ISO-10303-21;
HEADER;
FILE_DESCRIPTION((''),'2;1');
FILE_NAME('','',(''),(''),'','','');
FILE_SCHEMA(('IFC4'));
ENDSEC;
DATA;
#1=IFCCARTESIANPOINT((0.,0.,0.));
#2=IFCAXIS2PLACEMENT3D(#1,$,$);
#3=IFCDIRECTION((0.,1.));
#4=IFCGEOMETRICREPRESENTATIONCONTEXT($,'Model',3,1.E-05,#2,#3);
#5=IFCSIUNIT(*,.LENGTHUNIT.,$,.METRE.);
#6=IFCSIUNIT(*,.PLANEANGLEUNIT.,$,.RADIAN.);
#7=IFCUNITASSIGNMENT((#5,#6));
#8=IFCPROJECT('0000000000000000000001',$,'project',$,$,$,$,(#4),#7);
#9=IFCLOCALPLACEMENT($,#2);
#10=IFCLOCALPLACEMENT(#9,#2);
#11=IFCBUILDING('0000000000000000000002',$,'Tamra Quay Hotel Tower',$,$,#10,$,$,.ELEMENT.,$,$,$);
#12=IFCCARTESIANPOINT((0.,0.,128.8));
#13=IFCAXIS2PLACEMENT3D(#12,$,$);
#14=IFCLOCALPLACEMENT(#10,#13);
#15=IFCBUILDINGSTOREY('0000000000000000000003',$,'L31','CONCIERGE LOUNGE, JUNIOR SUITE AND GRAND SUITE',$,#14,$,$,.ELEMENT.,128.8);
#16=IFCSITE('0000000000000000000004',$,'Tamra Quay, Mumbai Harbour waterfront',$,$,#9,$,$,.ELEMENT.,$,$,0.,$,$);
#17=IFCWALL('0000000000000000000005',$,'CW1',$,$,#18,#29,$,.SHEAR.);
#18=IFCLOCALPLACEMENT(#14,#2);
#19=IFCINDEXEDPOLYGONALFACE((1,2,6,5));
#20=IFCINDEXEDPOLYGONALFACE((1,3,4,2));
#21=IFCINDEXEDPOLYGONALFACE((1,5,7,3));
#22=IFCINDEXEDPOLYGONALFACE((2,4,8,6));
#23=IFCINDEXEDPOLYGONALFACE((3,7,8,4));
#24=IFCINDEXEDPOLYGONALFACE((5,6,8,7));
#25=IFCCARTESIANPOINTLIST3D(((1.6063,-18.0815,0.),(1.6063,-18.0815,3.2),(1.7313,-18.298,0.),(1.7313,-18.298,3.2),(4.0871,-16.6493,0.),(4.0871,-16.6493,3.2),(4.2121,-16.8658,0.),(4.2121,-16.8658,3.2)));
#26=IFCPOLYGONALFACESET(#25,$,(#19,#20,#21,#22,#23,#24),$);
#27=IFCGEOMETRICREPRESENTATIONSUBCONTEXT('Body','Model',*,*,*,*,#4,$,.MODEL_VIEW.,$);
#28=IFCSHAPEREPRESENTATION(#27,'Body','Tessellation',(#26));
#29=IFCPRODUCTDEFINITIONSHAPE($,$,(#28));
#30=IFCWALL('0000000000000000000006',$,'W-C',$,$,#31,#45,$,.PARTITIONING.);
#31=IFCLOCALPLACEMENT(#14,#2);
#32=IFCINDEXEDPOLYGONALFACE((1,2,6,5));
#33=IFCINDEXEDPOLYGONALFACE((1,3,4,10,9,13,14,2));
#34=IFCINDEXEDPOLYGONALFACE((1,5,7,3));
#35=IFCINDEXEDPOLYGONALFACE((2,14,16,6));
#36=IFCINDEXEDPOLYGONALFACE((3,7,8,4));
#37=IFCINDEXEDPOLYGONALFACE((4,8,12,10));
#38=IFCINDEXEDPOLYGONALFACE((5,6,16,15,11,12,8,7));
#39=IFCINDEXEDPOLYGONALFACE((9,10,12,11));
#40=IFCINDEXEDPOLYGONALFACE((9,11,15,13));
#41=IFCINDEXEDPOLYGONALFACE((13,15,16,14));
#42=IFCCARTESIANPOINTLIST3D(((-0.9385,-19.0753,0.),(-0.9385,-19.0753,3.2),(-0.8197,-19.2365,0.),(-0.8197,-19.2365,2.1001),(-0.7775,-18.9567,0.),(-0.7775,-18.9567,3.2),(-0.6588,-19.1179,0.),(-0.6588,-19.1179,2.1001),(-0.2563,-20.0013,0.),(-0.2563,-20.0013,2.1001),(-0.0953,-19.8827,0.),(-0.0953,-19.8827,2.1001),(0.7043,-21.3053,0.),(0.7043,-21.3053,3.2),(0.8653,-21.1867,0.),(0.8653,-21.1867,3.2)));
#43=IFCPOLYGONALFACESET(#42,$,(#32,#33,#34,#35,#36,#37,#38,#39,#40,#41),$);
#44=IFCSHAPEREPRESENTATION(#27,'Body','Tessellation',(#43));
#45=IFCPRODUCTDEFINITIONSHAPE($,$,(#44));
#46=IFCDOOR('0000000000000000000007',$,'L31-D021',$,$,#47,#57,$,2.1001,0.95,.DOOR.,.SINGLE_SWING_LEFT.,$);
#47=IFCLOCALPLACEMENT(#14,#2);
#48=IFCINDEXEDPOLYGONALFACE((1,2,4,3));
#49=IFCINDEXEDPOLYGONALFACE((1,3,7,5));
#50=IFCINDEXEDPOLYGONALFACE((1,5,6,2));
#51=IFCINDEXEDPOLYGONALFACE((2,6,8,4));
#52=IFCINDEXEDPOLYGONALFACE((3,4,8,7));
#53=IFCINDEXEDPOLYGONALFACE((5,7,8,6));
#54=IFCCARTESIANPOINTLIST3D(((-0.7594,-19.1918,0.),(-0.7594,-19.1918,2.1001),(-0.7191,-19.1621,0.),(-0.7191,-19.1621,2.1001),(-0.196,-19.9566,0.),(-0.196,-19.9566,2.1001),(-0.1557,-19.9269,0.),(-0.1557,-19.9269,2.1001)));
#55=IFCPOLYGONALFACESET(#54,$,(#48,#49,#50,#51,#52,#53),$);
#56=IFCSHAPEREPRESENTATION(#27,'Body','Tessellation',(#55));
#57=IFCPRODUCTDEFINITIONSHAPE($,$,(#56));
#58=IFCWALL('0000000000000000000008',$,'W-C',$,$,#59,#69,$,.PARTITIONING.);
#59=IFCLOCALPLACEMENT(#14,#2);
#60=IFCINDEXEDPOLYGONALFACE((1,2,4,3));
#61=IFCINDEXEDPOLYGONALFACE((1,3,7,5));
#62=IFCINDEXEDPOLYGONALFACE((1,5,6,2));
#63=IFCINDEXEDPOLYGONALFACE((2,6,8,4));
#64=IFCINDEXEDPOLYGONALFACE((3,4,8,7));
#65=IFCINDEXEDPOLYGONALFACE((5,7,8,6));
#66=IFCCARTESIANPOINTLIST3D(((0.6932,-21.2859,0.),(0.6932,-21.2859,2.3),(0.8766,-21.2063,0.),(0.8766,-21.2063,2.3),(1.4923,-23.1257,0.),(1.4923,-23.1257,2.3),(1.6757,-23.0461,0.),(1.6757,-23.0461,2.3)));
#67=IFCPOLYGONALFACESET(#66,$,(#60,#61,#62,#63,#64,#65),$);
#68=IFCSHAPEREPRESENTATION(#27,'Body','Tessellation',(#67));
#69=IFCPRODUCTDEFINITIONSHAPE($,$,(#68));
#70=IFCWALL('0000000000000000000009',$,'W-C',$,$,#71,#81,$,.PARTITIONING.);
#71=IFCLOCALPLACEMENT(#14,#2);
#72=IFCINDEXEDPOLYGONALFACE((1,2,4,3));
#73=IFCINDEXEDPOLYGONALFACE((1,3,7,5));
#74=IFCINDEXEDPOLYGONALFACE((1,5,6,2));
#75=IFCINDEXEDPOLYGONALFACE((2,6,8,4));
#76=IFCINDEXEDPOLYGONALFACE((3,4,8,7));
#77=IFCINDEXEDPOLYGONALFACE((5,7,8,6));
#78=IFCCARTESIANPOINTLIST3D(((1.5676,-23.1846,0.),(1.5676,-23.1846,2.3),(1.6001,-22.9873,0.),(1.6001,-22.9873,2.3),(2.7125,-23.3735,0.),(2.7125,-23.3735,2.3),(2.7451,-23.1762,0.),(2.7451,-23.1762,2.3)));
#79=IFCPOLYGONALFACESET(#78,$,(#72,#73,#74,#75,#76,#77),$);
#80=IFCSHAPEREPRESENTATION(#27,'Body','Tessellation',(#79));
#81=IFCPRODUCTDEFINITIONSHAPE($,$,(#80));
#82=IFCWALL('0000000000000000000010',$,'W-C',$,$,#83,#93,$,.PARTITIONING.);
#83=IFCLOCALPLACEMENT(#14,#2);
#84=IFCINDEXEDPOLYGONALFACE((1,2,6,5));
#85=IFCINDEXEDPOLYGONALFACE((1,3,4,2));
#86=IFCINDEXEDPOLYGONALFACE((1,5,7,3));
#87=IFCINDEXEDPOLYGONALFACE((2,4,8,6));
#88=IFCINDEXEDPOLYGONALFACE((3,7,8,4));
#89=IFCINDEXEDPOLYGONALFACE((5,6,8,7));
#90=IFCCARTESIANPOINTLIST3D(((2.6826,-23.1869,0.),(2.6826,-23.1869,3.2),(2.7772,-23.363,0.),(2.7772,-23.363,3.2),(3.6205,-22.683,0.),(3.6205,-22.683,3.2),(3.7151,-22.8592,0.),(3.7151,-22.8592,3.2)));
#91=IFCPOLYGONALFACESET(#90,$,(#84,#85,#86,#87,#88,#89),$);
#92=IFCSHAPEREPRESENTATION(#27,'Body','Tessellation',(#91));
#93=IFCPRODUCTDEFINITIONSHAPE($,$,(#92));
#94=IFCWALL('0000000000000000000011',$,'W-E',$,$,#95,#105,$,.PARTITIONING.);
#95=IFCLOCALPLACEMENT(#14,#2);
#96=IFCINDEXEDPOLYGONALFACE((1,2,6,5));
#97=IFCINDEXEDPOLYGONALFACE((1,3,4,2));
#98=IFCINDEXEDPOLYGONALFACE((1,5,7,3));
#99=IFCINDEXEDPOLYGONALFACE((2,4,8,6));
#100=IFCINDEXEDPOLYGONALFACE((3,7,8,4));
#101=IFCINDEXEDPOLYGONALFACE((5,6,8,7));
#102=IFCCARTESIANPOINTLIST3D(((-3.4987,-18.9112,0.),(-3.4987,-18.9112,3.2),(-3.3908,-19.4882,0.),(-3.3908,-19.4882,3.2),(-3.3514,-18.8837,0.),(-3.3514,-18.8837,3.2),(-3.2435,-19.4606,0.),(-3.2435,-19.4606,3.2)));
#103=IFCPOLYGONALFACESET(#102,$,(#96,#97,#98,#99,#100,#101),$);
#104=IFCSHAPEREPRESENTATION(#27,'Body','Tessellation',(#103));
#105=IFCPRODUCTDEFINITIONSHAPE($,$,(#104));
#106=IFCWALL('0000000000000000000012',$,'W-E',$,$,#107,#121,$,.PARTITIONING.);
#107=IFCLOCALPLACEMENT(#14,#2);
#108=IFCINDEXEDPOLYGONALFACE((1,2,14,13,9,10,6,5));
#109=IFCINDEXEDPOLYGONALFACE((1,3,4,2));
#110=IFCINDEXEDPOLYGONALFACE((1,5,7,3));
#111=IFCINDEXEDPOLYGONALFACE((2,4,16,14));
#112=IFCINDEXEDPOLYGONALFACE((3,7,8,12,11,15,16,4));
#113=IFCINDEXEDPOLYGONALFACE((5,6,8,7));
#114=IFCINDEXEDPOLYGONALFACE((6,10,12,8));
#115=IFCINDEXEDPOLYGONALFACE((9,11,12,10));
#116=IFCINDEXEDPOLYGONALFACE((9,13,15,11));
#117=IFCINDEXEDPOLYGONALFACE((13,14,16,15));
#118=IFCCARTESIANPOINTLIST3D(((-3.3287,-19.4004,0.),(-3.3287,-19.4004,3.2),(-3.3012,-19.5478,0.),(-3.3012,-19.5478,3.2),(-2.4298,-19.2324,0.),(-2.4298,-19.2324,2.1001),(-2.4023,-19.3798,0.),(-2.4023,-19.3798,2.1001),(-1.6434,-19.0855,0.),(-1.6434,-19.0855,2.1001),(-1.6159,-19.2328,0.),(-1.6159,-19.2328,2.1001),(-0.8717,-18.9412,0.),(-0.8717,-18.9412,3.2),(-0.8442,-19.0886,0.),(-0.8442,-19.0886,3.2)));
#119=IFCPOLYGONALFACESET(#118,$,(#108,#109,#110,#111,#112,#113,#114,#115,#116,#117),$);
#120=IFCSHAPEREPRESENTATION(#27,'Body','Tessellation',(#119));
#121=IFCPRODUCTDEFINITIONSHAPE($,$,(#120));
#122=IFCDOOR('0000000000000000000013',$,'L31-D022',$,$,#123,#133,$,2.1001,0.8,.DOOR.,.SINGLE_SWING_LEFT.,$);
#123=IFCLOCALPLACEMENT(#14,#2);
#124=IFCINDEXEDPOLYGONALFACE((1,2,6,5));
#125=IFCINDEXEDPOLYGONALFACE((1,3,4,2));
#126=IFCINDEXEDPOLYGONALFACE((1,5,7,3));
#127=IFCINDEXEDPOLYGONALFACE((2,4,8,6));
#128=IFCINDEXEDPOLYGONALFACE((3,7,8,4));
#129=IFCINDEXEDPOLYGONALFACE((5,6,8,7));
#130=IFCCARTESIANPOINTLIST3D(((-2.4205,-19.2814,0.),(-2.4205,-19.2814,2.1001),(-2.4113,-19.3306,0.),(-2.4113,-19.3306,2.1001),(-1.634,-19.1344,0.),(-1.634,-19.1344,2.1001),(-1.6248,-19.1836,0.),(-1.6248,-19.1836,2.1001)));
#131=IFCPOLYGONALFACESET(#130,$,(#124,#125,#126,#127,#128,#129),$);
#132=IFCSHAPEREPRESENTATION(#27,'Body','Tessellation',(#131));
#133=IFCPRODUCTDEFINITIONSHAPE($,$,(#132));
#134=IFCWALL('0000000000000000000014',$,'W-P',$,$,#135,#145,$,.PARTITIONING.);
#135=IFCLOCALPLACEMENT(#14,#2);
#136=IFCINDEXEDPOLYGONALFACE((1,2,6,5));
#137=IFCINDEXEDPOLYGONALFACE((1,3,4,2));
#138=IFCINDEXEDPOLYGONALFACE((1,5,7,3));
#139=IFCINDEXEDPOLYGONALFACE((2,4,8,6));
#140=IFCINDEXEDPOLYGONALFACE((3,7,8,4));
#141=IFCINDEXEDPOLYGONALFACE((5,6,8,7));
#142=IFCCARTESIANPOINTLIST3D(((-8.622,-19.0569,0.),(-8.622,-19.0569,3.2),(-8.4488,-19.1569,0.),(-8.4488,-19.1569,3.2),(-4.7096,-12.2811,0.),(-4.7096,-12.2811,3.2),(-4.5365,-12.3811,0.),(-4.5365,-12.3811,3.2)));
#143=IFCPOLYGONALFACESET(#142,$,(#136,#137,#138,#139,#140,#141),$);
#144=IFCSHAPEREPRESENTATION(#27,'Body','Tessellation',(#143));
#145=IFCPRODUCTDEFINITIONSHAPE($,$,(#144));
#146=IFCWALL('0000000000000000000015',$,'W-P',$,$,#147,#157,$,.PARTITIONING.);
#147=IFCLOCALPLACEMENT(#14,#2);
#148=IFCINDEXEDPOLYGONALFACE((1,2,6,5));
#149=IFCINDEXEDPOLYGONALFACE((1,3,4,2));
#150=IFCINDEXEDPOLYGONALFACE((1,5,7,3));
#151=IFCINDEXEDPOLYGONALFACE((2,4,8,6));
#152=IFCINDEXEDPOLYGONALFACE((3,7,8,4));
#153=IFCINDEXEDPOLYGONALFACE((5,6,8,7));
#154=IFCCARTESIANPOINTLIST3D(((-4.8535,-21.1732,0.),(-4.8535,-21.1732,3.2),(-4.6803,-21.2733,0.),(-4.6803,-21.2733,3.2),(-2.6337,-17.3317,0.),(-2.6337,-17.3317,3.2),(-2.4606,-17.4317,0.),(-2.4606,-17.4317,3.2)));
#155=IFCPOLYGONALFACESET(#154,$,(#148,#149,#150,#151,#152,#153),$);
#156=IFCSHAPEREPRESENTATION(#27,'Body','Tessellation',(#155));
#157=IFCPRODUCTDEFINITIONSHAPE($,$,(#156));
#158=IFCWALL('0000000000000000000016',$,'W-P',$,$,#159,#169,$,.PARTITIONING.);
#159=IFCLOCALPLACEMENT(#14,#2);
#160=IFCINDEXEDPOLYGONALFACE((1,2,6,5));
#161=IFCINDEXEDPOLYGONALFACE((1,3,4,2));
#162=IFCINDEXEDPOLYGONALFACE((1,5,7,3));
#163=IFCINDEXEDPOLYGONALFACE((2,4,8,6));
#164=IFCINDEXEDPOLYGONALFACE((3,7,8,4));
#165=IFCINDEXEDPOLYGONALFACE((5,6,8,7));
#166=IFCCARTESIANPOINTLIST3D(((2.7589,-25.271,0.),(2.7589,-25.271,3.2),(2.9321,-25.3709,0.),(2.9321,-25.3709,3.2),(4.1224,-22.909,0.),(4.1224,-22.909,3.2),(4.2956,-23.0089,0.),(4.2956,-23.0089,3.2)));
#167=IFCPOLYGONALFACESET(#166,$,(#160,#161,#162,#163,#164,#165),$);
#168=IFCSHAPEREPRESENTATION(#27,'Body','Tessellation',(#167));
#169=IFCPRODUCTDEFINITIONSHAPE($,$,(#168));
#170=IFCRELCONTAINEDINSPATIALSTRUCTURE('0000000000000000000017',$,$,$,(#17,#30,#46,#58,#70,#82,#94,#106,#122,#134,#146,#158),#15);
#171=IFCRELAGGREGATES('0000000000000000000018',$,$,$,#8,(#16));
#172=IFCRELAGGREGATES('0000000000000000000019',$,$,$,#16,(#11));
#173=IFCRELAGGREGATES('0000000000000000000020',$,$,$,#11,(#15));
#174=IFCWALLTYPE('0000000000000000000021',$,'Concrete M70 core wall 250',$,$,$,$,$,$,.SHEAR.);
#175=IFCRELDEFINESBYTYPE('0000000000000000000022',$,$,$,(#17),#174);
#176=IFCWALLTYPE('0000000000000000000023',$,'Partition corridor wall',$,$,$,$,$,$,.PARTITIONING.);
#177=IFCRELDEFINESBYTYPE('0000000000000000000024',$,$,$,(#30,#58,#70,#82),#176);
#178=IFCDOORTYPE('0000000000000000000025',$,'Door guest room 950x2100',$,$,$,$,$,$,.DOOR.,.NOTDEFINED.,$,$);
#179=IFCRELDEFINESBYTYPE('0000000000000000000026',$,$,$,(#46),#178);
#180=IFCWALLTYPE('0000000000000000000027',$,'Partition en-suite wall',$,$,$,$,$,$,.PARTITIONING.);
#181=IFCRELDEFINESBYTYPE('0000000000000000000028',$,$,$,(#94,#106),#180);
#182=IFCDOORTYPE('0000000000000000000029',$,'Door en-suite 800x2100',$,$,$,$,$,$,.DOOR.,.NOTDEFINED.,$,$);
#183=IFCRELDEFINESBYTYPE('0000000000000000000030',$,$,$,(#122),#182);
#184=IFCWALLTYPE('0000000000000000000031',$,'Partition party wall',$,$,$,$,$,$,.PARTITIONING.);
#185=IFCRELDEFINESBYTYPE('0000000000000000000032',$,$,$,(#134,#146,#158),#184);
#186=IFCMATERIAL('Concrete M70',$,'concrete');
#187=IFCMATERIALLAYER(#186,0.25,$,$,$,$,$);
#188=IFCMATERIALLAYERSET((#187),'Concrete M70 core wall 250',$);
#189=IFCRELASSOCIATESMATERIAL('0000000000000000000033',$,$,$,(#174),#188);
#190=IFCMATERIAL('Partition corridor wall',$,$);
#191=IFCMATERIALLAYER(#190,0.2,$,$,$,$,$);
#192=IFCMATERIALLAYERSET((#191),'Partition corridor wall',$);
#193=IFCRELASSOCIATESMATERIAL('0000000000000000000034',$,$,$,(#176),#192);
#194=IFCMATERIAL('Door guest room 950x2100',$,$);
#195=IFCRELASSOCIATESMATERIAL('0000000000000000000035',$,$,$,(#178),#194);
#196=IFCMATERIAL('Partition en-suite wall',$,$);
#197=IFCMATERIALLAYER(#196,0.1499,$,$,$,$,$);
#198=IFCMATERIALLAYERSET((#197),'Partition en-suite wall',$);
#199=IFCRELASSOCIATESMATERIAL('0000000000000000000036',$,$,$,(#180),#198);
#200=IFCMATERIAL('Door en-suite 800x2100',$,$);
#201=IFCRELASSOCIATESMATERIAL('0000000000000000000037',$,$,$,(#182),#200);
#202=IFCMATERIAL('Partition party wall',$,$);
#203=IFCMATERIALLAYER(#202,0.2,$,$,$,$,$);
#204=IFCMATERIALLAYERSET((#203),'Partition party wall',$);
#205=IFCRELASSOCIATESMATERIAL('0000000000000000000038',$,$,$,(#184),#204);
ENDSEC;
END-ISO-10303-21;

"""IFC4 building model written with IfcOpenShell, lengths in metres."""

from ifc_helpers import new_model, si_unit, direction, frame, frame_2d, origin, place, context, subcontext, project, spatial, rectangle, extrude, material, layer, layer_set, type_object, element, fill, save


model = new_model("IFC4")

# Units and contexts
model_context = context("Model", 3, precision=1e-05, world=origin(), true_north=direction((0.0, 1.0)))
body_context = subcontext(model_context, "Body", "Model", "MODEL_VIEW")
ifc_project = project(units=[si_unit("LENGTHUNIT", "METRE"), si_unit("PLANEANGLEUNIT", "RADIAN")], contexts=[model_context])

# Site, building, storey
site_placement = place(None, origin())
site = spatial("IfcSite", under=ifc_project, at=site_placement, Name="Tamra Quay, Mumbai Harbour waterfront", CompositionType="ELEMENT", RefElevation=0.0)
building_placement = place(site_placement, origin())
building = spatial("IfcBuilding", under=site, at=building_placement, Name="Tamra Quay Hotel Tower", CompositionType="ELEMENT")
storey_placement = place(building_placement, frame((0.0, 0.0, 128.8)))
storey = spatial("IfcBuildingStorey", under=building, at=storey_placement, Name="L31", Description="CONCIERGE LOUNGE, JUNIOR SUITE AND GRAND SUITE", CompositionType="ELEMENT", Elevation=128.8)

# Shared definitions
ifc_material_1 = material(Name="Concrete M70", Category="concrete")

# Wall
ifc_layer_1 = layer(ifc_material_1, 0.25)
ifc_layer_set_1 = layer_set([ifc_layer_1], Name="Concrete M70 core wall 250")
wall_type_1 = type_object("IfcWallType", Name="Concrete M70 core wall 250", PredefinedType="SHEAR", material=ifc_layer_set_1)
wall_1_placement = place(storey_placement, frame((1.6689, -18.1897, 0.0), z_axis=(0.0, 0.0, 1.0), x_axis=(0.866042, 0.499971, 0.0)))
element("IfcWall", 1, at=wall_1_placement, inside=storey, type_object=wall_type_1, Name="CW1", PredefinedType="SHEAR", context=body_context, shape_type="SweptSolid", body=[
    extrude(rectangle(XDim=2.8645, YDim=0.25, at=frame_2d((1.4321, 0.0))), origin(), (0.0, 0.0, 1.0), 3.2),
])

# Wall, opening, door
ifc_material_2 = material(Name="Partition corridor wall")
ifc_layer_2 = layer(ifc_material_2, 0.2)
ifc_layer_set_2 = layer_set([ifc_layer_2], Name="Partition corridor wall")
wall_type_2 = type_object("IfcWallType", Name="Partition corridor wall", PredefinedType="PARTITIONING", material=ifc_layer_set_2)
wall_2_placement = place(storey_placement, frame((-0.8579, -19.0161, 0.0), z_axis=(0.0, 0.0, 1.0), x_axis=(0.593124, -0.805111, 0.0)))
wall_2 = element("IfcWall", 2, at=wall_2_placement, inside=storey, type_object=wall_type_2, Name="W-C", PredefinedType="PARTITIONING", context=body_context, shape_type="SweptSolid", body=[
    extrude(rectangle(XDim=2.7698, YDim=0.2, at=frame_2d((1.3848, 0.0))), origin(), (0.0, 0.0, 1.0), 3.2),
])
opening_1_placement = place(wall_2_placement, frame((0.2, 0.0, 0.0)))
opening_1 = element("IfcOpeningElement", 3, at=opening_1_placement, cuts=wall_2, PredefinedType="OPENING", context=body_context, shape_type="SweptSolid", body=[
    extrude(rectangle(XDim=0.95, YDim=2.1001, at=frame_2d((0.4751, 1.05))), frame((0.0, 0.1099, 0.0), z_axis=(0.0, -1.0, 0.0), x_axis=(1.0, 0.0, 0.0)), (0.0, 0.0, 1.0), 0.22),
])
ifc_material_3 = material(Name="Door guest room 950x2100")
door_type_1 = type_object("IfcDoorType", Name="Door guest room 950x2100", OperationType="NOTDEFINED", PredefinedType="DOOR", material=ifc_material_3)
door_1_placement = place(opening_1_placement, frame((0.95, 0.0, 0.0), z_axis=(0.0, 0.0, 1.0), x_axis=(-1.0, 0.0, 0.0)))
door_1 = element("IfcDoor", 4, at=door_1_placement, inside=storey, type_object=door_type_1, Name="L31-D021", OperationType="SINGLE_SWING_LEFT", OverallHeight=2.1001, OverallWidth=0.95, PredefinedType="DOOR", context=body_context, shape_type="SweptSolid", body=[
    extrude(rectangle(XDim=0.95, YDim=2.1001, at=frame_2d((0.4751, 1.05))), frame((0.0, 0.0249, 0.0), z_axis=(0.0, -1.0, 0.0), x_axis=(1.0, 0.0, 0.0)), (0.0, 0.0, 1.0), 0.05),
])
fill(opening_1, door_1)

# Walls
wall_3_placement = place(storey_placement, frame((0.7849, -21.2461, 0.0), z_axis=(0.0, 0.0, 1.0), x_axis=(0.398366, -0.917227, 0.0)))
element("IfcWall", 5, at=wall_3_placement, inside=storey, type_object=wall_type_2, Name="W-C", PredefinedType="PARTITIONING", context=body_context, shape_type="SweptSolid", body=[
    extrude(rectangle(XDim=2.0059, YDim=0.2, at=frame_2d((1.0029, 0.0))), origin(), (0.0, 0.0, 1.0), 2.3),
])
wall_4_placement = place(storey_placement, frame((1.584, -23.0859, 0.0), z_axis=(0.0, 0.0, 1.0), x_axis=(0.986654, -0.16283, 0.0)))
element("IfcWall", 6, at=wall_4_placement, inside=storey, type_object=wall_type_2, Name="W-C", PredefinedType="PARTITIONING", context=body_context, shape_type="SweptSolid", body=[
    extrude(rectangle(XDim=1.1604, YDim=0.2, at=frame_2d((0.5801, 0.0))), origin(), (0.0, 0.0, 1.0), 2.3),
])
wall_5_placement = place(storey_placement, frame((2.73, -23.2749, 0.0), z_axis=(0.0, 0.0, 1.0), x_axis=(0.880927, 0.473252, 0.0)))
element("IfcWall", 7, at=wall_5_placement, inside=storey, type_object=wall_type_2, Name="W-C", PredefinedType="PARTITIONING", context=body_context, shape_type="SweptSolid", body=[
    extrude(rectangle(XDim=1.0647, YDim=0.2, at=frame_2d((0.5322, 0.0))), origin(), (0.0, 0.0, 1.0), 3.2),
])
ifc_material_4 = material(Name="Partition en-suite wall")
ifc_layer_3 = layer(ifc_material_4, 0.1499)
ifc_layer_set_3 = layer_set([ifc_layer_3], Name="Partition en-suite wall")
wall_type_3 = type_object("IfcWallType", Name="Partition en-suite wall", PredefinedType="PARTITIONING", material=ifc_layer_set_3)
wall_6_placement = place(storey_placement, frame((-3.425, -18.8975, 0.0), z_axis=(0.0, 0.0, 1.0), x_axis=(0.183862, -0.982952, 0.0)))
element("IfcWall", 8, at=wall_6_placement, inside=storey, type_object=wall_type_3, Name="W-E", PredefinedType="PARTITIONING", context=body_context, shape_type="SweptSolid", body=[
    extrude(rectangle(XDim=0.5869, YDim=0.1499, at=frame_2d((0.2935, 0.0))), origin(), (0.0, 0.0, 1.0), 3.2),
])

# Wall, opening, door
wall_7_placement = place(storey_placement, frame((-3.3149, -19.4741, 0.0), z_axis=(0.0, 0.0, 1.0), x_axis=(0.982978, 0.183722, 0.0)))
wall_7 = element("IfcWall", 9, at=wall_7_placement, inside=storey, type_object=wall_type_3, Name="W-E", PredefinedType="PARTITIONING", context=body_context, shape_type="SweptSolid", body=[
    extrude(rectangle(XDim=2.4995, YDim=0.1499, at=frame_2d((1.2498, 0.0))), origin(), (0.0, 0.0, 1.0), 3.2),
])
opening_2_placement = place(wall_7_placement, frame((0.9146, 0.0, 0.0)))
opening_2 = element("IfcOpeningElement", 10, at=opening_2_placement, cuts=wall_7, PredefinedType="OPENING", context=body_context, shape_type="SweptSolid", body=[
    extrude(rectangle(XDim=0.8, YDim=2.1001, at=frame_2d((0.3999, 1.05))), frame((0.0, 0.085, 0.0), z_axis=(0.0, -1.0, 0.0), x_axis=(1.0, 0.0, 0.0)), (0.0, 0.0, 1.0), 0.1699),
])
ifc_material_5 = material(Name="Door en-suite 800x2100")
door_type_2 = type_object("IfcDoorType", Name="Door en-suite 800x2100", OperationType="NOTDEFINED", PredefinedType="DOOR", material=ifc_material_5)
door_2_placement = place(opening_2_placement, frame((0.8, 0.0, 0.0), z_axis=(0.0, 0.0, 1.0), x_axis=(-1.0, 0.0, 0.0)))
door_2 = element("IfcDoor", 11, at=door_2_placement, inside=storey, type_object=door_type_2, Name="L31-D022", OperationType="SINGLE_SWING_LEFT", OverallHeight=2.1001, OverallWidth=0.8, PredefinedType="DOOR", context=body_context, shape_type="SweptSolid", body=[
    extrude(rectangle(XDim=0.8, YDim=2.1001, at=frame_2d((0.3999, 1.05))), frame((0.0, 0.0249, 0.0), z_axis=(0.0, -1.0, 0.0), x_axis=(1.0, 0.0, 0.0)), (0.0, 0.0, 1.0), 0.05),
])
fill(opening_2, door_2)

# Walls
ifc_material_6 = material(Name="Partition party wall")
ifc_layer_4 = layer(ifc_material_6, 0.2)
ifc_layer_set_4 = layer_set([ifc_layer_4], Name="Partition party wall")
wall_type_4 = type_object("IfcWallType", Name="Partition party wall", PredefinedType="PARTITIONING", material=ifc_layer_set_4)
wall_8_placement = place(storey_placement, frame((-8.5354, -19.1069, 0.0), z_axis=(0.0, 0.0, 1.0), x_axis=(0.500029, 0.866009, 0.0)))
element("IfcWall", 12, at=wall_8_placement, inside=storey, type_object=wall_type_4, Name="W-P", PredefinedType="PARTITIONING", context=body_context, shape_type="SweptSolid", body=[
    extrude(rectangle(XDim=7.8242, YDim=0.2, at=frame_2d((3.9121, 0.0))), origin(), (0.0, 0.0, 1.0), 3.2),
])
wall_9_placement = place(storey_placement, frame((-4.7668, -21.2231, 0.0), z_axis=(0.0, 0.0, 1.0), x_axis=(0.500305, 0.865849, 0.0)))
element("IfcWall", 13, at=wall_9_placement, inside=storey, type_object=wall_type_4, Name="W-P", PredefinedType="PARTITIONING", context=body_context, shape_type="SweptSolid", body=[
    extrude(rectangle(XDim=4.4368, YDim=0.2, at=frame_2d((2.2183, 0.0))), origin(), (0.0, 0.0, 1.0), 3.2),
])
wall_10_placement = place(storey_placement, frame((2.8455, -25.321, 0.0), z_axis=(0.0, 0.0, 1.0), x_axis=(0.499942, 0.866059, 0.0)))
element("IfcWall", 14, at=wall_10_placement, inside=storey, type_object=wall_type_4, Name="W-P", PredefinedType="PARTITIONING", context=body_context, shape_type="SweptSolid", body=[
    extrude(rectangle(XDim=2.7273, YDim=0.2, at=frame_2d((1.3638, 0.0))), origin(), (0.0, 0.0, 1.0), 3.2),
])

save(model, "model.ifc")
